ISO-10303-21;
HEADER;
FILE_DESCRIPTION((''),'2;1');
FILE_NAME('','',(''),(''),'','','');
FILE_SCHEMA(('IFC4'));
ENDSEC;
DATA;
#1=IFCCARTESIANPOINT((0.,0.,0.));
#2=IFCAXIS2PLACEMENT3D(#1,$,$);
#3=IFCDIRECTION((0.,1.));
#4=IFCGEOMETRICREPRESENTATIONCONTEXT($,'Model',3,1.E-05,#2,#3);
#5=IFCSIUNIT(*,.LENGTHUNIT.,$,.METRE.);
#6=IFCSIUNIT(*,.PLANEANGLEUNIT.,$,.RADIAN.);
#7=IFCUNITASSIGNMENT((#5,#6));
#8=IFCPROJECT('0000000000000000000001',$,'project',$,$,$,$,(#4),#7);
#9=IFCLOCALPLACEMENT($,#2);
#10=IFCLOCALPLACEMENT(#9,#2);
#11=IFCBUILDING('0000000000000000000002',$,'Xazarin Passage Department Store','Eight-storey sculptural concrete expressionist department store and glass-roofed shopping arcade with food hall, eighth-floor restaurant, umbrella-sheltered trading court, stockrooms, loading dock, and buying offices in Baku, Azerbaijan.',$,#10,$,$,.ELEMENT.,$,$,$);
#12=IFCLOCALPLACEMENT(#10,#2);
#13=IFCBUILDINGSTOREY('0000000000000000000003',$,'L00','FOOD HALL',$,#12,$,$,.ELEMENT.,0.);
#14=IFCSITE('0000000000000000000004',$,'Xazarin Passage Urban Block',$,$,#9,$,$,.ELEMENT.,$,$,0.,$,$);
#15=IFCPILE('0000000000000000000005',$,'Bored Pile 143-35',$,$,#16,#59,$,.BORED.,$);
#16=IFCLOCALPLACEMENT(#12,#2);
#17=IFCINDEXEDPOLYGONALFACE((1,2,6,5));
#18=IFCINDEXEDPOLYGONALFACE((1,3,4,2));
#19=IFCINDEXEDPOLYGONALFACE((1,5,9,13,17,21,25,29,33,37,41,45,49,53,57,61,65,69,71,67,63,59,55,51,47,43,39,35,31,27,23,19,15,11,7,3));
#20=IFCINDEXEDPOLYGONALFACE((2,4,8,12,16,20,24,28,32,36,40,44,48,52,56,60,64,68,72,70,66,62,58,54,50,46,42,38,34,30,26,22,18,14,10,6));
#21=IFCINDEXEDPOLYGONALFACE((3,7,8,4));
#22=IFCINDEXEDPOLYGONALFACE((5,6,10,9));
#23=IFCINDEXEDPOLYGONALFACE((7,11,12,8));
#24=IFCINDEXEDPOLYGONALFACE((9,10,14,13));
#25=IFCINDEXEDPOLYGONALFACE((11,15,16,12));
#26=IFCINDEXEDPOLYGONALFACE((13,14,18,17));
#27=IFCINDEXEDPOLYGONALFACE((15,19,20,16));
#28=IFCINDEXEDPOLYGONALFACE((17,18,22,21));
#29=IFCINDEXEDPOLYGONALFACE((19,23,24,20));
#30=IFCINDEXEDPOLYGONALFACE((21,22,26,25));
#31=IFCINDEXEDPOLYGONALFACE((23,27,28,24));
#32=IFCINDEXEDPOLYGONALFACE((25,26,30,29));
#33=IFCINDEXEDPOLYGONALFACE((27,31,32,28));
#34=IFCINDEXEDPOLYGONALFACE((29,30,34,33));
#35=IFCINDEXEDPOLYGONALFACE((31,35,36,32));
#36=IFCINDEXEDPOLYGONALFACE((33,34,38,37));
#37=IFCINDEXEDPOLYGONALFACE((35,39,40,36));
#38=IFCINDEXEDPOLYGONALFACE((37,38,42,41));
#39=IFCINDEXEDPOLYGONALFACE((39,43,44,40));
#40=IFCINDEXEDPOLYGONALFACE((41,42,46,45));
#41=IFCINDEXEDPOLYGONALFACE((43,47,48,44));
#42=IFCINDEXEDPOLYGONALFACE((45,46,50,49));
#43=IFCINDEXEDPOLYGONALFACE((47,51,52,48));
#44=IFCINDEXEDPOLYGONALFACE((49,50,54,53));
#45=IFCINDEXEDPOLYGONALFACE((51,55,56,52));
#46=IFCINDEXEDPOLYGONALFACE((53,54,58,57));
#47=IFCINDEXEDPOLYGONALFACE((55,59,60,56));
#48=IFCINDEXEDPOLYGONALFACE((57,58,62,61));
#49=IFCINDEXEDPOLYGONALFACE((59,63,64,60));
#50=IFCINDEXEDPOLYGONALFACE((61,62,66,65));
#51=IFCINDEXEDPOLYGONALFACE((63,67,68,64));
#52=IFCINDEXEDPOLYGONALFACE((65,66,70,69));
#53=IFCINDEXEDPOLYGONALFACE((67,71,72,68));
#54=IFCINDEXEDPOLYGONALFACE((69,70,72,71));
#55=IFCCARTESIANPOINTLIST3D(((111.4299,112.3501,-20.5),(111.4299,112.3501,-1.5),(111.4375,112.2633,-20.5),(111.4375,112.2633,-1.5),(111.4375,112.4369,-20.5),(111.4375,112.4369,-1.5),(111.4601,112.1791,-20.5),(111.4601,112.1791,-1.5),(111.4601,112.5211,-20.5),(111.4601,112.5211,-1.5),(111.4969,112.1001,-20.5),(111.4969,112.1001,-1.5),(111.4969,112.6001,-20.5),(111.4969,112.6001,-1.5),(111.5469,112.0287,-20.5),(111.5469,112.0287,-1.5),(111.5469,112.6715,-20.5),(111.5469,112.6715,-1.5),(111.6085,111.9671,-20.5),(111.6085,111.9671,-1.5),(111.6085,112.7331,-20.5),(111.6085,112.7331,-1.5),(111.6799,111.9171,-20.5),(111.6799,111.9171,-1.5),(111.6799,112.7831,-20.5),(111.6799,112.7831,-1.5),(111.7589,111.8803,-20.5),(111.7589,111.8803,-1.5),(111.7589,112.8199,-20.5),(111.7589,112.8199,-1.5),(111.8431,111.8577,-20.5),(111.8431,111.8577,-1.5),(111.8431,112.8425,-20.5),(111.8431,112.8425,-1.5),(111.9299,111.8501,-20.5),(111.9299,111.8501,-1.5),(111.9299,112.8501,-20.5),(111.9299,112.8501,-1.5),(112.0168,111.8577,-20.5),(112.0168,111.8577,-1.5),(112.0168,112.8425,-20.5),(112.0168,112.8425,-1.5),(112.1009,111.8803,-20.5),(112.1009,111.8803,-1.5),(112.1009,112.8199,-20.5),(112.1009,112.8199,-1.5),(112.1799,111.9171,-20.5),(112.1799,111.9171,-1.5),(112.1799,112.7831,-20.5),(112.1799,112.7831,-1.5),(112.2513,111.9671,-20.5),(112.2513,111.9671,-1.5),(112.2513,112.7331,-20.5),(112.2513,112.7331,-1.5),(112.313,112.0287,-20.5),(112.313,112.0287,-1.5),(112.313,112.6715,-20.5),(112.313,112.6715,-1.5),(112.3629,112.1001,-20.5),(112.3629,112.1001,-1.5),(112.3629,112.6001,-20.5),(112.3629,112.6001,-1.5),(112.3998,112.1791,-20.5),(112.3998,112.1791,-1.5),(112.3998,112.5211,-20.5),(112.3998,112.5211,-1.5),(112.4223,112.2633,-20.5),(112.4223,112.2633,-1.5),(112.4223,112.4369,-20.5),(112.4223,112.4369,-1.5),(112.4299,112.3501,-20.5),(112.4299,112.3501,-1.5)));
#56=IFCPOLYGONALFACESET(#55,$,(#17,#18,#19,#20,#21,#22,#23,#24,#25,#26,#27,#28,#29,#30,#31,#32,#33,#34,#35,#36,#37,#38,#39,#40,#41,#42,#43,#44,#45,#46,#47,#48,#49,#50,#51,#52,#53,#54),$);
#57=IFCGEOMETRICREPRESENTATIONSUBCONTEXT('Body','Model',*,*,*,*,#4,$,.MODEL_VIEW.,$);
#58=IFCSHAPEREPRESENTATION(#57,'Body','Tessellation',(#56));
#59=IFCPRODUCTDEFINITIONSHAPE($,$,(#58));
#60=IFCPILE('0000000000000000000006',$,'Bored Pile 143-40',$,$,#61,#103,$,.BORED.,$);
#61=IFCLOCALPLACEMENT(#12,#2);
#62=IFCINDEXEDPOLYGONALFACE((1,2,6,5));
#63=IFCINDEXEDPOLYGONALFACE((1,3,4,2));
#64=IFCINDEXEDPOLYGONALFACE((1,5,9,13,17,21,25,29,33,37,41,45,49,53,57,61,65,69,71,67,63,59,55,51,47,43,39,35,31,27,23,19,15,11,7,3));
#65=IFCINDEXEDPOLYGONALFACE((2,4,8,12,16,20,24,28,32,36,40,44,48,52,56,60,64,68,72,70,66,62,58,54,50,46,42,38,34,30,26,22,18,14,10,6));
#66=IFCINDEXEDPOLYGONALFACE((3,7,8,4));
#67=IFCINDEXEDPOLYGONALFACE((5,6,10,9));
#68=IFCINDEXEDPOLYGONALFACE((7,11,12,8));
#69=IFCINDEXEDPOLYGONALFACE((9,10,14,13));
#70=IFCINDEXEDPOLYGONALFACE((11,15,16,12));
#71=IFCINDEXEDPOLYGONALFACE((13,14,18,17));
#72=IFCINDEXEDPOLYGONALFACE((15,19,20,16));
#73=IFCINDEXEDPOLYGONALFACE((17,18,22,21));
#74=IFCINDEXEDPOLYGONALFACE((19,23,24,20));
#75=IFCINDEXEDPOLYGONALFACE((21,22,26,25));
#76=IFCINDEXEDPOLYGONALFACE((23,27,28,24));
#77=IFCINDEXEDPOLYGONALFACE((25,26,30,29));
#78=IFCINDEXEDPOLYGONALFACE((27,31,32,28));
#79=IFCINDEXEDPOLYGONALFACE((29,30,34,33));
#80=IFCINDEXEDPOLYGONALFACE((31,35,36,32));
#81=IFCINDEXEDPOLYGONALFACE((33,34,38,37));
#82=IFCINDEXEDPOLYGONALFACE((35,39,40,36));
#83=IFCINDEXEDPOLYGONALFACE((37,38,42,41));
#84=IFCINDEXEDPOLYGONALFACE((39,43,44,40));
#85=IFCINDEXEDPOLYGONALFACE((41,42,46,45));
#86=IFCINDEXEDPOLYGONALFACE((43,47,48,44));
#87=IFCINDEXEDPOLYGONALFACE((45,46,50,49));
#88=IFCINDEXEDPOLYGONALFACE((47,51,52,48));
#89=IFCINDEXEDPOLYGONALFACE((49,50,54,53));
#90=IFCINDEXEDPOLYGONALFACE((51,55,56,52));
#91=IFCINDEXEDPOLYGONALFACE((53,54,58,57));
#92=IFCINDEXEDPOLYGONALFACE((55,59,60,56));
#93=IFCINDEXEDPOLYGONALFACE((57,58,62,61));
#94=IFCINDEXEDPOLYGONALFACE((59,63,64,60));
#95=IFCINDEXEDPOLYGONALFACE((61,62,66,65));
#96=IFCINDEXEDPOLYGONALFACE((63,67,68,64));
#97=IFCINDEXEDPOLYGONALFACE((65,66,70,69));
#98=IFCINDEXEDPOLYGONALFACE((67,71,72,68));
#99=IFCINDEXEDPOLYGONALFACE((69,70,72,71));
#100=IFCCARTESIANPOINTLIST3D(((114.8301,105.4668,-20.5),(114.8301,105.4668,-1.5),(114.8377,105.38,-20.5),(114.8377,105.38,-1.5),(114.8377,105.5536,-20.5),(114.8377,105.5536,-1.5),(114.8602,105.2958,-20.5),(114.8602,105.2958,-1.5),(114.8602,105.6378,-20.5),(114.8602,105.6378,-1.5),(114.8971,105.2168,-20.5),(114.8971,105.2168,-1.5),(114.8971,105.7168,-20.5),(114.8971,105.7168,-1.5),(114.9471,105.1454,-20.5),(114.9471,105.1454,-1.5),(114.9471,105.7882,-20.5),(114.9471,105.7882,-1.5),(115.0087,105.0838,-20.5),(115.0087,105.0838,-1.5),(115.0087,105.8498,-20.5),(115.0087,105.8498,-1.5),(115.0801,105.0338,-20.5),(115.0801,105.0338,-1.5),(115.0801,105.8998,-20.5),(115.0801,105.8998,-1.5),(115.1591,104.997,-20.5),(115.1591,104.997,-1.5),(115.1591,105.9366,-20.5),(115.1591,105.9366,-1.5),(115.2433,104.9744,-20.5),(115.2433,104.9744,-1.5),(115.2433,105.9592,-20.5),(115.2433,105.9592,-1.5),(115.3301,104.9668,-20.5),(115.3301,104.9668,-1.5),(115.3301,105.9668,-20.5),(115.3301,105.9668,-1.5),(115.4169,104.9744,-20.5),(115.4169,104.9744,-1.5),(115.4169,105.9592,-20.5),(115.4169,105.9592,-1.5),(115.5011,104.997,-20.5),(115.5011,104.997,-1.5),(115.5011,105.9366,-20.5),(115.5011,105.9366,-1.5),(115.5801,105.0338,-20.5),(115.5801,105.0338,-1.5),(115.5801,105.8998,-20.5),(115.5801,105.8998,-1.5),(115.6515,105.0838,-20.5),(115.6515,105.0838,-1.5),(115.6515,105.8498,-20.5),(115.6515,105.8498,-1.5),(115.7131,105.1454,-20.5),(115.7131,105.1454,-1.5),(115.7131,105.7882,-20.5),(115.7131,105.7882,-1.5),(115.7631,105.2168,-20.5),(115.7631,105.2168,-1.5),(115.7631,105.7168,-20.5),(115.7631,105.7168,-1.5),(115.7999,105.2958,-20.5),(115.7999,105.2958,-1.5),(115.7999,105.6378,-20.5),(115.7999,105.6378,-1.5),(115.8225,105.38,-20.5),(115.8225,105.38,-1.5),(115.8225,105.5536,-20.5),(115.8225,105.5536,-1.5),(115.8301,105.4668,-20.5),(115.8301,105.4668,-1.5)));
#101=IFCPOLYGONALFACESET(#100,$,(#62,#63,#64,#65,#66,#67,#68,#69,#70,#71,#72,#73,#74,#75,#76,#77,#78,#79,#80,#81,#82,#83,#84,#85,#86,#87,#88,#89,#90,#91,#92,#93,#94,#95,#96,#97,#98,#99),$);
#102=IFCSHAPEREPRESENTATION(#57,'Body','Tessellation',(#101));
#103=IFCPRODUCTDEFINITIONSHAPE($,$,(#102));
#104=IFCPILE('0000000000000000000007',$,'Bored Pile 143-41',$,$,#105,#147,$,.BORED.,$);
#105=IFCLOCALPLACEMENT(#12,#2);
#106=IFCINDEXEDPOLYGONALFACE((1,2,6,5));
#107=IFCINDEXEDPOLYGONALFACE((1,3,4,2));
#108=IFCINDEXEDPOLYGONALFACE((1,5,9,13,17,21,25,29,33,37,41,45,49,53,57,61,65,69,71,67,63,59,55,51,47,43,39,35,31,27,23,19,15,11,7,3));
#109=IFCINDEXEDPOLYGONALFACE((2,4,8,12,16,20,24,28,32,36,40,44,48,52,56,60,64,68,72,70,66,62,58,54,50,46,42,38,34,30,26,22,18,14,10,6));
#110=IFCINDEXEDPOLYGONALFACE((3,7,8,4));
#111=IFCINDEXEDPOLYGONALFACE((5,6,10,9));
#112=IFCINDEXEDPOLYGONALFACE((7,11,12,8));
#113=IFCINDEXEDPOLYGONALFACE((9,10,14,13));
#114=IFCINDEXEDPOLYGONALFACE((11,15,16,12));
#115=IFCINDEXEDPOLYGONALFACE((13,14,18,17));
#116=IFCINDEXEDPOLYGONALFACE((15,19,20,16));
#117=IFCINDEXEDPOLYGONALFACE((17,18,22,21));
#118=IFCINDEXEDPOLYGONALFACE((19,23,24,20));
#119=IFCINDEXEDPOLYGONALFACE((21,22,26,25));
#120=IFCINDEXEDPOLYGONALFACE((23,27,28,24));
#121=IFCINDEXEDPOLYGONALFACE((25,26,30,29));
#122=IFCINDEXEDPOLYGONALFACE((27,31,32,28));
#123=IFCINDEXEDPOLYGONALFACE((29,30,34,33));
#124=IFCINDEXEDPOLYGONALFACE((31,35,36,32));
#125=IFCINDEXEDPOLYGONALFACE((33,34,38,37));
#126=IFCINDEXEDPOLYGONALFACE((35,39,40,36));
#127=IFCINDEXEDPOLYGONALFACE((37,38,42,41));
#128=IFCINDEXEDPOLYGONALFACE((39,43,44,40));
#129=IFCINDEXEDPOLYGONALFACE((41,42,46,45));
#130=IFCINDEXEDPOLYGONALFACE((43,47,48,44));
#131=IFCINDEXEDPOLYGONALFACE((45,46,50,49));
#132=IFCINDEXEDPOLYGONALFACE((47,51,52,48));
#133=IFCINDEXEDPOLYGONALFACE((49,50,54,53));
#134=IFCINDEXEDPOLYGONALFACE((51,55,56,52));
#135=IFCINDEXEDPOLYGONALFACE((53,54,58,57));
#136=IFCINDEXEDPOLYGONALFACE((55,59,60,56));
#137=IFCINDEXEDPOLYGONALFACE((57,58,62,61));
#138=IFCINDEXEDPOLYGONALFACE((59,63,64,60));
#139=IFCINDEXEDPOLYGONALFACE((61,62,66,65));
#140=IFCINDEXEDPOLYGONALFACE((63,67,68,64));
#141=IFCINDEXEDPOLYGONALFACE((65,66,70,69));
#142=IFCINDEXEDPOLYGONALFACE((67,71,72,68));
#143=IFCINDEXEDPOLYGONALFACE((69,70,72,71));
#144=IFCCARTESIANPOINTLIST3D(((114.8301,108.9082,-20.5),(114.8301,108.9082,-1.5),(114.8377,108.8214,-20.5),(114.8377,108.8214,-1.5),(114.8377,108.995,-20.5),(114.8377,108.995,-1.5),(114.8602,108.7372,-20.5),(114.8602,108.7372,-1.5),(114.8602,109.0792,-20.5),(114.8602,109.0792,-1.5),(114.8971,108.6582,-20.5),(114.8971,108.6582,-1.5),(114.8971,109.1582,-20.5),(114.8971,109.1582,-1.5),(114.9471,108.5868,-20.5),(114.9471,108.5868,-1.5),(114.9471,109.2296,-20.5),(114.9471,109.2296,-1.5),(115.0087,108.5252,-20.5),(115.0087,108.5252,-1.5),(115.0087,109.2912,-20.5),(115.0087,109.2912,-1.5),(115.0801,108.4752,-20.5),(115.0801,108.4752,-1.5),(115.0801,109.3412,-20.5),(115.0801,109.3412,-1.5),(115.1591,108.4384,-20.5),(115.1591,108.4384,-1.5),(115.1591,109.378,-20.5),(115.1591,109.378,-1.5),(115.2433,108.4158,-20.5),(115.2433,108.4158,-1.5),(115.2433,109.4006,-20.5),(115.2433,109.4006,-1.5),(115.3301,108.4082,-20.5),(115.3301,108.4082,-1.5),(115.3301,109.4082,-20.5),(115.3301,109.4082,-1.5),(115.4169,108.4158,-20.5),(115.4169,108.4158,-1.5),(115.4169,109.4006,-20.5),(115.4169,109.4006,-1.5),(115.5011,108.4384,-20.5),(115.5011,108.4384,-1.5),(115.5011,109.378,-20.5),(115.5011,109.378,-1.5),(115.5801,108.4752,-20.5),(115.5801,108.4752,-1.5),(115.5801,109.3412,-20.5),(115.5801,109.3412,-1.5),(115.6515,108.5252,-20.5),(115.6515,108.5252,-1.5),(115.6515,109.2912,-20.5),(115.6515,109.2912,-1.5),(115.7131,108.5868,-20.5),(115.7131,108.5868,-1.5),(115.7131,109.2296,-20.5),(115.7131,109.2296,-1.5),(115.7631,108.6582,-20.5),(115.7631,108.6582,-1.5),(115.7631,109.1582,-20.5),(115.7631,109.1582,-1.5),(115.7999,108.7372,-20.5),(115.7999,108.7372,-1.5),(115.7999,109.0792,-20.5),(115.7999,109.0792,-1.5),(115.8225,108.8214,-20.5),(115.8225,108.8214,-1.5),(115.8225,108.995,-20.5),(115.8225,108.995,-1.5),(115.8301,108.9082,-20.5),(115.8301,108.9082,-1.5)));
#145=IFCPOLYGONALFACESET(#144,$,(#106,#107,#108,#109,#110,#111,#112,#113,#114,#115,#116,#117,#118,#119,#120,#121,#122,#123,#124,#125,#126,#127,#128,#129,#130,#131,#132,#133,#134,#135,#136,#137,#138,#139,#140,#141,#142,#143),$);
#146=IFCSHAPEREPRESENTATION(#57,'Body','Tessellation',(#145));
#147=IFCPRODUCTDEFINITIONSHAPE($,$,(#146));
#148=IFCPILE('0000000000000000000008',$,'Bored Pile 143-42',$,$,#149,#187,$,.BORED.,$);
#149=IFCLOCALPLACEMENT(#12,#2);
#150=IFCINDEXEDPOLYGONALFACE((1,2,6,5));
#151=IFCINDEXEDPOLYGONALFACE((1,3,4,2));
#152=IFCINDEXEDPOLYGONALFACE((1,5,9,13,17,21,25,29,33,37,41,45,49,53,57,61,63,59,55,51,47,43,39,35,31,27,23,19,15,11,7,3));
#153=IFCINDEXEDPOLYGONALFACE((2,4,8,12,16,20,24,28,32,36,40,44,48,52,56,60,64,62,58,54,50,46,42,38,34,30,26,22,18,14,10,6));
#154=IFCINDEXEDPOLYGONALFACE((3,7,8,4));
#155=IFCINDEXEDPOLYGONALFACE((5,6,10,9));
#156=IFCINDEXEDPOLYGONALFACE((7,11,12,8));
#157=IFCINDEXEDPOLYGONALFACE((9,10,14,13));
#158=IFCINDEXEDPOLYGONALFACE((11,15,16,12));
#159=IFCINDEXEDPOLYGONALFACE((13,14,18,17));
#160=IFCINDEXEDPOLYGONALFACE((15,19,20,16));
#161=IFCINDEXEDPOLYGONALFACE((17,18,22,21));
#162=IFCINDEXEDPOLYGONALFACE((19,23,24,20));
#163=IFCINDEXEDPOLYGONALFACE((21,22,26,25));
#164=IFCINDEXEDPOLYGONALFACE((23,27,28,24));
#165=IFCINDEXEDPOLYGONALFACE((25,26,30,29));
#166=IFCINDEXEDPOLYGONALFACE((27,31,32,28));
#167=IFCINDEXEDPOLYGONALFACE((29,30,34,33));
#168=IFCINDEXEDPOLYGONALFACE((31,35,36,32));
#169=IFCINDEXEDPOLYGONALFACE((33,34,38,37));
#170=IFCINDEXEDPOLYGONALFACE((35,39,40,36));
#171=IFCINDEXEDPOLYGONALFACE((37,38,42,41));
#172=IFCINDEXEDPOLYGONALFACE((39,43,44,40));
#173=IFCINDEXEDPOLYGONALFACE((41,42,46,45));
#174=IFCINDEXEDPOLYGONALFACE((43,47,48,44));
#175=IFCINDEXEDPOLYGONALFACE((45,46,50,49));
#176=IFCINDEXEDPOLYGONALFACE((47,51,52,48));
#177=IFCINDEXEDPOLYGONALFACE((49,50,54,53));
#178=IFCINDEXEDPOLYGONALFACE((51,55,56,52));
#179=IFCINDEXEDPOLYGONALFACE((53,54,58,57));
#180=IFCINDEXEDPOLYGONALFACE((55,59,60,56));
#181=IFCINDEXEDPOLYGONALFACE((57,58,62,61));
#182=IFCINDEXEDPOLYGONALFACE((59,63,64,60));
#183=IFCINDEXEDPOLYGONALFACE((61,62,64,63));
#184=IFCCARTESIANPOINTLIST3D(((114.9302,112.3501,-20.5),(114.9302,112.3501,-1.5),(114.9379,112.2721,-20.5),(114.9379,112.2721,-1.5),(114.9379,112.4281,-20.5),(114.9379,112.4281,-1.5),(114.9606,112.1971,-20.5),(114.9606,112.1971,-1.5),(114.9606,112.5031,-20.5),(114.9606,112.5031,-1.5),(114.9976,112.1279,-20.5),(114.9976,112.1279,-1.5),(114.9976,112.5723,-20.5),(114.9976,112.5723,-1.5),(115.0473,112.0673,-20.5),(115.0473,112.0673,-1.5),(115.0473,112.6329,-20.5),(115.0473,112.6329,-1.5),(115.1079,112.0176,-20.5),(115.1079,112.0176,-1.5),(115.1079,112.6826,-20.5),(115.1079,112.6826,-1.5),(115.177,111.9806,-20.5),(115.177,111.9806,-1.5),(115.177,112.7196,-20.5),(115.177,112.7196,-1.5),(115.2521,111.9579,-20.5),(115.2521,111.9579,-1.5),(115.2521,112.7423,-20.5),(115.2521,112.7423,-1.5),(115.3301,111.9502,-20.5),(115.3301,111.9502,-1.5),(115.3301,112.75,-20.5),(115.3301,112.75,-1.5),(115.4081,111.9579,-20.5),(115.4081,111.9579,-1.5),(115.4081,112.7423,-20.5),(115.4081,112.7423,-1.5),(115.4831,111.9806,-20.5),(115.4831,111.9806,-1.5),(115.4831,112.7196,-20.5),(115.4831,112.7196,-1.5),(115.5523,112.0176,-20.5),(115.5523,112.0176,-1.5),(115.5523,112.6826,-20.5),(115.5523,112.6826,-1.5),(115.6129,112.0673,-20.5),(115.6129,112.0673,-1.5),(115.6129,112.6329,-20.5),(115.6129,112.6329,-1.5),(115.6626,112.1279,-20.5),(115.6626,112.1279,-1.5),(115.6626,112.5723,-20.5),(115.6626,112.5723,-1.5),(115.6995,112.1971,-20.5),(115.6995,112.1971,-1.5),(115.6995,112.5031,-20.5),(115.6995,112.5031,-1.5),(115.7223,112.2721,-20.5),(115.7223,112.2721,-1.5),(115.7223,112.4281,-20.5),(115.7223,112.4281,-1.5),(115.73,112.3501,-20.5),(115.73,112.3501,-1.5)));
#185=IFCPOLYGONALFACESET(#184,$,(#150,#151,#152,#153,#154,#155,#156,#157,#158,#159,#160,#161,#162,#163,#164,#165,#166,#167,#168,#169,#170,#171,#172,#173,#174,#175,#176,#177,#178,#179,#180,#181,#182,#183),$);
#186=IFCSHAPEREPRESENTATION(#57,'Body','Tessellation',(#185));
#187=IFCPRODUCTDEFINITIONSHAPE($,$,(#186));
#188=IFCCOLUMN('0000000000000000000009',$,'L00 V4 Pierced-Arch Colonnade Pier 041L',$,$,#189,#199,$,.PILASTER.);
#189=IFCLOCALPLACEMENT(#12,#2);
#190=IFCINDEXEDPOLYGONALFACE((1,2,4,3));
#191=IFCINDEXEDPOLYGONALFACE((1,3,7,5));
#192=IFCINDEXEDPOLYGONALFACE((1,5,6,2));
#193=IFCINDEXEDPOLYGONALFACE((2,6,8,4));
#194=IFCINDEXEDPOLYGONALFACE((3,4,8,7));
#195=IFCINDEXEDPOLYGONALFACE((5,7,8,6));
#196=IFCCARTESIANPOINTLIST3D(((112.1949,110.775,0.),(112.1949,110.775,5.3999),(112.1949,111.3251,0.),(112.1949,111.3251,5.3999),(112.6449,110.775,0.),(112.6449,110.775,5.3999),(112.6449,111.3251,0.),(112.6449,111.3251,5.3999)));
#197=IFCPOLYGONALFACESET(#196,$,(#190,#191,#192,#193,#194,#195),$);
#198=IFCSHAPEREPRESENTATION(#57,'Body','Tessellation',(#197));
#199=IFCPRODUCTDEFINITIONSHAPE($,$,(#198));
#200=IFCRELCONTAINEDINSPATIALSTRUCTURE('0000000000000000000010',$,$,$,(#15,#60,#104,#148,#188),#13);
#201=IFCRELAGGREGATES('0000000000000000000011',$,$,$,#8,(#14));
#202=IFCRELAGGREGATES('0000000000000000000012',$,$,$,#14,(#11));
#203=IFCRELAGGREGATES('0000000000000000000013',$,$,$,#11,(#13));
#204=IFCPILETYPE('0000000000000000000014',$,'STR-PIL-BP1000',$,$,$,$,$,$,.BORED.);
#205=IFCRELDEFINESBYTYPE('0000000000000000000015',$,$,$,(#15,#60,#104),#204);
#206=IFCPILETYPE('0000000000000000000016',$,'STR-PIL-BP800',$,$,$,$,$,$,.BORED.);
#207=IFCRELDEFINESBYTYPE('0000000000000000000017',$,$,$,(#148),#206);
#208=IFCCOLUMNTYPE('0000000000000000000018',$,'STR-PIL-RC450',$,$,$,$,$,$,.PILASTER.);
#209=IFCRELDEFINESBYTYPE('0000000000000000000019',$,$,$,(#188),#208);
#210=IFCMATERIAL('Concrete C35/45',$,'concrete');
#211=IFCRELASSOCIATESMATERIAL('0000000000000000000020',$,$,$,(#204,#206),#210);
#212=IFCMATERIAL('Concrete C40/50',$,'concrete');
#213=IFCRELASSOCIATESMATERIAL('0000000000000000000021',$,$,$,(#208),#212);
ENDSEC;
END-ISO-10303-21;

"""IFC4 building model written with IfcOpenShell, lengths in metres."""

from ifc_helpers import new_model, si_unit, direction, frame, origin, origin_2d, place, context, subcontext, project, spatial, rectangle, circle, extrude, material, material_profile, profile_set, type_object, element, save


model = new_model("IFC4")

# Units and contexts
model_context = context("Model", 3, precision=1e-05, world=origin(), true_north=direction((0.0, 1.0)))
body_context = subcontext(model_context, "Body", "Model", "MODEL_VIEW")
ifc_project = project(units=[si_unit("LENGTHUNIT", "METRE"), si_unit("PLANEANGLEUNIT", "RADIAN")], contexts=[model_context])

# Site, building, storey
site_placement = place(None, origin())
site = spatial("IfcSite", under=ifc_project, at=site_placement, Name="Xazarin Passage Urban Block", CompositionType="ELEMENT", RefElevation=0.0)
building_placement = place(site_placement, origin())
building = spatial("IfcBuilding", under=site, at=building_placement, Name="Xazarin Passage Department Store", Description="Eight-storey sculptural concrete expressionist department store and glass-roofed shopping arcade with food hall, eighth-floor restaurant, umbrella-sheltered trading court, stockrooms, loading dock, and buying offices in Baku, Azerbaijan.", CompositionType="ELEMENT")
storey_placement = place(building_placement, origin())
storey = spatial("IfcBuildingStorey", under=building, at=storey_placement, Name="L00", Description="FOOD HALL", CompositionType="ELEMENT", Elevation=0.0)

# Piles
ifc_material_1 = material(Name="Concrete C35/45", Category="concrete")
ifc_material_profile_1 = material_profile(ifc_material_1, circle(Radius=0.5, at=origin_2d()), Name="BP 1000")
ifc_profile_set_1 = profile_set([ifc_material_profile_1], Name="Concrete C35/45")
pile_type_1 = type_object("IfcPileType", Name="STR-PIL-BP1000", PredefinedType="BORED", material=ifc_profile_set_1)
for number, where, z_axis, x_axis, name in (
    (1, (111.9299, 112.3501, -1.5), (0.0, 0.0, -1.0), (1.0, 0.0, 0.0), "Bored Pile 143-35"),
    (2, (115.3301, 105.4668, -1.5), (0.0, 0.0, -1.0), (1.0, 0.0, 0.0), "Bored Pile 143-40"),
    (3, (115.3301, 108.9082, -1.5), (0.0, 0.0, -1.0), (1.0, 0.0, 0.0), "Bored Pile 143-41"),
):
    element("IfcPile", number, at=place(storey_placement, frame(where, z_axis=z_axis, x_axis=x_axis)), inside=storey, type_object=pile_type_1, Name=name, PredefinedType="BORED", context=body_context, shape_type="SweptSolid", body=[
        extrude(circle(Radius=0.5, at=origin_2d()), origin(), (0.0, 0.0, 1.0), 19.0),
    ])
ifc_material_profile_2 = material_profile(ifc_material_1, circle(Radius=0.3999, at=origin_2d()), Name="BP 800")
ifc_profile_set_2 = profile_set([ifc_material_profile_2], Name="Concrete C35/45")
pile_type_2 = type_object("IfcPileType", Name="STR-PIL-BP800", PredefinedType="BORED", material=ifc_profile_set_2)
pile_placement = place(storey_placement, frame((115.3301, 112.3501, -1.5), z_axis=(0.0, 0.0, -1.0), x_axis=(1.0, 0.0, 0.0)))
element("IfcPile", 4, at=pile_placement, inside=storey, type_object=pile_type_2, Name="Bored Pile 143-42", PredefinedType="BORED", context=body_context, shape_type="SweptSolid", body=[
    extrude(circle(Radius=0.3999, at=origin_2d()), origin(), (0.0, 0.0, 1.0), 19.0),
])

# Column
ifc_material_2 = material(Name="Concrete C40/50", Category="concrete")
ifc_material_profile_3 = material_profile(ifc_material_2, rectangle(XDim=0.45, YDim=0.55, at=origin_2d()), Name="RC 450x550")
ifc_profile_set_3 = profile_set([ifc_material_profile_3], Name="Concrete C40/50")
column_type = type_object("IfcColumnType", Name="STR-PIL-RC450", PredefinedType="PILASTER", material=ifc_profile_set_3)
column_placement = place(storey_placement, frame((112.4199, 111.05, 0.0), z_axis=(0.0, 0.0, 1.0), x_axis=(1.0, 0.0, 0.0)))
element("IfcColumn", 5, at=column_placement, inside=storey, type_object=column_type, Name="L00 V4 Pierced-Arch Colonnade Pier 041L", PredefinedType="PILASTER", context=body_context, shape_type="SweptSolid", body=[
    extrude(rectangle(XDim=0.45, YDim=0.55, at=origin_2d()), origin(), (0.0, 0.0, 1.0), 5.3999),
])

save(model, "model.ifc")
